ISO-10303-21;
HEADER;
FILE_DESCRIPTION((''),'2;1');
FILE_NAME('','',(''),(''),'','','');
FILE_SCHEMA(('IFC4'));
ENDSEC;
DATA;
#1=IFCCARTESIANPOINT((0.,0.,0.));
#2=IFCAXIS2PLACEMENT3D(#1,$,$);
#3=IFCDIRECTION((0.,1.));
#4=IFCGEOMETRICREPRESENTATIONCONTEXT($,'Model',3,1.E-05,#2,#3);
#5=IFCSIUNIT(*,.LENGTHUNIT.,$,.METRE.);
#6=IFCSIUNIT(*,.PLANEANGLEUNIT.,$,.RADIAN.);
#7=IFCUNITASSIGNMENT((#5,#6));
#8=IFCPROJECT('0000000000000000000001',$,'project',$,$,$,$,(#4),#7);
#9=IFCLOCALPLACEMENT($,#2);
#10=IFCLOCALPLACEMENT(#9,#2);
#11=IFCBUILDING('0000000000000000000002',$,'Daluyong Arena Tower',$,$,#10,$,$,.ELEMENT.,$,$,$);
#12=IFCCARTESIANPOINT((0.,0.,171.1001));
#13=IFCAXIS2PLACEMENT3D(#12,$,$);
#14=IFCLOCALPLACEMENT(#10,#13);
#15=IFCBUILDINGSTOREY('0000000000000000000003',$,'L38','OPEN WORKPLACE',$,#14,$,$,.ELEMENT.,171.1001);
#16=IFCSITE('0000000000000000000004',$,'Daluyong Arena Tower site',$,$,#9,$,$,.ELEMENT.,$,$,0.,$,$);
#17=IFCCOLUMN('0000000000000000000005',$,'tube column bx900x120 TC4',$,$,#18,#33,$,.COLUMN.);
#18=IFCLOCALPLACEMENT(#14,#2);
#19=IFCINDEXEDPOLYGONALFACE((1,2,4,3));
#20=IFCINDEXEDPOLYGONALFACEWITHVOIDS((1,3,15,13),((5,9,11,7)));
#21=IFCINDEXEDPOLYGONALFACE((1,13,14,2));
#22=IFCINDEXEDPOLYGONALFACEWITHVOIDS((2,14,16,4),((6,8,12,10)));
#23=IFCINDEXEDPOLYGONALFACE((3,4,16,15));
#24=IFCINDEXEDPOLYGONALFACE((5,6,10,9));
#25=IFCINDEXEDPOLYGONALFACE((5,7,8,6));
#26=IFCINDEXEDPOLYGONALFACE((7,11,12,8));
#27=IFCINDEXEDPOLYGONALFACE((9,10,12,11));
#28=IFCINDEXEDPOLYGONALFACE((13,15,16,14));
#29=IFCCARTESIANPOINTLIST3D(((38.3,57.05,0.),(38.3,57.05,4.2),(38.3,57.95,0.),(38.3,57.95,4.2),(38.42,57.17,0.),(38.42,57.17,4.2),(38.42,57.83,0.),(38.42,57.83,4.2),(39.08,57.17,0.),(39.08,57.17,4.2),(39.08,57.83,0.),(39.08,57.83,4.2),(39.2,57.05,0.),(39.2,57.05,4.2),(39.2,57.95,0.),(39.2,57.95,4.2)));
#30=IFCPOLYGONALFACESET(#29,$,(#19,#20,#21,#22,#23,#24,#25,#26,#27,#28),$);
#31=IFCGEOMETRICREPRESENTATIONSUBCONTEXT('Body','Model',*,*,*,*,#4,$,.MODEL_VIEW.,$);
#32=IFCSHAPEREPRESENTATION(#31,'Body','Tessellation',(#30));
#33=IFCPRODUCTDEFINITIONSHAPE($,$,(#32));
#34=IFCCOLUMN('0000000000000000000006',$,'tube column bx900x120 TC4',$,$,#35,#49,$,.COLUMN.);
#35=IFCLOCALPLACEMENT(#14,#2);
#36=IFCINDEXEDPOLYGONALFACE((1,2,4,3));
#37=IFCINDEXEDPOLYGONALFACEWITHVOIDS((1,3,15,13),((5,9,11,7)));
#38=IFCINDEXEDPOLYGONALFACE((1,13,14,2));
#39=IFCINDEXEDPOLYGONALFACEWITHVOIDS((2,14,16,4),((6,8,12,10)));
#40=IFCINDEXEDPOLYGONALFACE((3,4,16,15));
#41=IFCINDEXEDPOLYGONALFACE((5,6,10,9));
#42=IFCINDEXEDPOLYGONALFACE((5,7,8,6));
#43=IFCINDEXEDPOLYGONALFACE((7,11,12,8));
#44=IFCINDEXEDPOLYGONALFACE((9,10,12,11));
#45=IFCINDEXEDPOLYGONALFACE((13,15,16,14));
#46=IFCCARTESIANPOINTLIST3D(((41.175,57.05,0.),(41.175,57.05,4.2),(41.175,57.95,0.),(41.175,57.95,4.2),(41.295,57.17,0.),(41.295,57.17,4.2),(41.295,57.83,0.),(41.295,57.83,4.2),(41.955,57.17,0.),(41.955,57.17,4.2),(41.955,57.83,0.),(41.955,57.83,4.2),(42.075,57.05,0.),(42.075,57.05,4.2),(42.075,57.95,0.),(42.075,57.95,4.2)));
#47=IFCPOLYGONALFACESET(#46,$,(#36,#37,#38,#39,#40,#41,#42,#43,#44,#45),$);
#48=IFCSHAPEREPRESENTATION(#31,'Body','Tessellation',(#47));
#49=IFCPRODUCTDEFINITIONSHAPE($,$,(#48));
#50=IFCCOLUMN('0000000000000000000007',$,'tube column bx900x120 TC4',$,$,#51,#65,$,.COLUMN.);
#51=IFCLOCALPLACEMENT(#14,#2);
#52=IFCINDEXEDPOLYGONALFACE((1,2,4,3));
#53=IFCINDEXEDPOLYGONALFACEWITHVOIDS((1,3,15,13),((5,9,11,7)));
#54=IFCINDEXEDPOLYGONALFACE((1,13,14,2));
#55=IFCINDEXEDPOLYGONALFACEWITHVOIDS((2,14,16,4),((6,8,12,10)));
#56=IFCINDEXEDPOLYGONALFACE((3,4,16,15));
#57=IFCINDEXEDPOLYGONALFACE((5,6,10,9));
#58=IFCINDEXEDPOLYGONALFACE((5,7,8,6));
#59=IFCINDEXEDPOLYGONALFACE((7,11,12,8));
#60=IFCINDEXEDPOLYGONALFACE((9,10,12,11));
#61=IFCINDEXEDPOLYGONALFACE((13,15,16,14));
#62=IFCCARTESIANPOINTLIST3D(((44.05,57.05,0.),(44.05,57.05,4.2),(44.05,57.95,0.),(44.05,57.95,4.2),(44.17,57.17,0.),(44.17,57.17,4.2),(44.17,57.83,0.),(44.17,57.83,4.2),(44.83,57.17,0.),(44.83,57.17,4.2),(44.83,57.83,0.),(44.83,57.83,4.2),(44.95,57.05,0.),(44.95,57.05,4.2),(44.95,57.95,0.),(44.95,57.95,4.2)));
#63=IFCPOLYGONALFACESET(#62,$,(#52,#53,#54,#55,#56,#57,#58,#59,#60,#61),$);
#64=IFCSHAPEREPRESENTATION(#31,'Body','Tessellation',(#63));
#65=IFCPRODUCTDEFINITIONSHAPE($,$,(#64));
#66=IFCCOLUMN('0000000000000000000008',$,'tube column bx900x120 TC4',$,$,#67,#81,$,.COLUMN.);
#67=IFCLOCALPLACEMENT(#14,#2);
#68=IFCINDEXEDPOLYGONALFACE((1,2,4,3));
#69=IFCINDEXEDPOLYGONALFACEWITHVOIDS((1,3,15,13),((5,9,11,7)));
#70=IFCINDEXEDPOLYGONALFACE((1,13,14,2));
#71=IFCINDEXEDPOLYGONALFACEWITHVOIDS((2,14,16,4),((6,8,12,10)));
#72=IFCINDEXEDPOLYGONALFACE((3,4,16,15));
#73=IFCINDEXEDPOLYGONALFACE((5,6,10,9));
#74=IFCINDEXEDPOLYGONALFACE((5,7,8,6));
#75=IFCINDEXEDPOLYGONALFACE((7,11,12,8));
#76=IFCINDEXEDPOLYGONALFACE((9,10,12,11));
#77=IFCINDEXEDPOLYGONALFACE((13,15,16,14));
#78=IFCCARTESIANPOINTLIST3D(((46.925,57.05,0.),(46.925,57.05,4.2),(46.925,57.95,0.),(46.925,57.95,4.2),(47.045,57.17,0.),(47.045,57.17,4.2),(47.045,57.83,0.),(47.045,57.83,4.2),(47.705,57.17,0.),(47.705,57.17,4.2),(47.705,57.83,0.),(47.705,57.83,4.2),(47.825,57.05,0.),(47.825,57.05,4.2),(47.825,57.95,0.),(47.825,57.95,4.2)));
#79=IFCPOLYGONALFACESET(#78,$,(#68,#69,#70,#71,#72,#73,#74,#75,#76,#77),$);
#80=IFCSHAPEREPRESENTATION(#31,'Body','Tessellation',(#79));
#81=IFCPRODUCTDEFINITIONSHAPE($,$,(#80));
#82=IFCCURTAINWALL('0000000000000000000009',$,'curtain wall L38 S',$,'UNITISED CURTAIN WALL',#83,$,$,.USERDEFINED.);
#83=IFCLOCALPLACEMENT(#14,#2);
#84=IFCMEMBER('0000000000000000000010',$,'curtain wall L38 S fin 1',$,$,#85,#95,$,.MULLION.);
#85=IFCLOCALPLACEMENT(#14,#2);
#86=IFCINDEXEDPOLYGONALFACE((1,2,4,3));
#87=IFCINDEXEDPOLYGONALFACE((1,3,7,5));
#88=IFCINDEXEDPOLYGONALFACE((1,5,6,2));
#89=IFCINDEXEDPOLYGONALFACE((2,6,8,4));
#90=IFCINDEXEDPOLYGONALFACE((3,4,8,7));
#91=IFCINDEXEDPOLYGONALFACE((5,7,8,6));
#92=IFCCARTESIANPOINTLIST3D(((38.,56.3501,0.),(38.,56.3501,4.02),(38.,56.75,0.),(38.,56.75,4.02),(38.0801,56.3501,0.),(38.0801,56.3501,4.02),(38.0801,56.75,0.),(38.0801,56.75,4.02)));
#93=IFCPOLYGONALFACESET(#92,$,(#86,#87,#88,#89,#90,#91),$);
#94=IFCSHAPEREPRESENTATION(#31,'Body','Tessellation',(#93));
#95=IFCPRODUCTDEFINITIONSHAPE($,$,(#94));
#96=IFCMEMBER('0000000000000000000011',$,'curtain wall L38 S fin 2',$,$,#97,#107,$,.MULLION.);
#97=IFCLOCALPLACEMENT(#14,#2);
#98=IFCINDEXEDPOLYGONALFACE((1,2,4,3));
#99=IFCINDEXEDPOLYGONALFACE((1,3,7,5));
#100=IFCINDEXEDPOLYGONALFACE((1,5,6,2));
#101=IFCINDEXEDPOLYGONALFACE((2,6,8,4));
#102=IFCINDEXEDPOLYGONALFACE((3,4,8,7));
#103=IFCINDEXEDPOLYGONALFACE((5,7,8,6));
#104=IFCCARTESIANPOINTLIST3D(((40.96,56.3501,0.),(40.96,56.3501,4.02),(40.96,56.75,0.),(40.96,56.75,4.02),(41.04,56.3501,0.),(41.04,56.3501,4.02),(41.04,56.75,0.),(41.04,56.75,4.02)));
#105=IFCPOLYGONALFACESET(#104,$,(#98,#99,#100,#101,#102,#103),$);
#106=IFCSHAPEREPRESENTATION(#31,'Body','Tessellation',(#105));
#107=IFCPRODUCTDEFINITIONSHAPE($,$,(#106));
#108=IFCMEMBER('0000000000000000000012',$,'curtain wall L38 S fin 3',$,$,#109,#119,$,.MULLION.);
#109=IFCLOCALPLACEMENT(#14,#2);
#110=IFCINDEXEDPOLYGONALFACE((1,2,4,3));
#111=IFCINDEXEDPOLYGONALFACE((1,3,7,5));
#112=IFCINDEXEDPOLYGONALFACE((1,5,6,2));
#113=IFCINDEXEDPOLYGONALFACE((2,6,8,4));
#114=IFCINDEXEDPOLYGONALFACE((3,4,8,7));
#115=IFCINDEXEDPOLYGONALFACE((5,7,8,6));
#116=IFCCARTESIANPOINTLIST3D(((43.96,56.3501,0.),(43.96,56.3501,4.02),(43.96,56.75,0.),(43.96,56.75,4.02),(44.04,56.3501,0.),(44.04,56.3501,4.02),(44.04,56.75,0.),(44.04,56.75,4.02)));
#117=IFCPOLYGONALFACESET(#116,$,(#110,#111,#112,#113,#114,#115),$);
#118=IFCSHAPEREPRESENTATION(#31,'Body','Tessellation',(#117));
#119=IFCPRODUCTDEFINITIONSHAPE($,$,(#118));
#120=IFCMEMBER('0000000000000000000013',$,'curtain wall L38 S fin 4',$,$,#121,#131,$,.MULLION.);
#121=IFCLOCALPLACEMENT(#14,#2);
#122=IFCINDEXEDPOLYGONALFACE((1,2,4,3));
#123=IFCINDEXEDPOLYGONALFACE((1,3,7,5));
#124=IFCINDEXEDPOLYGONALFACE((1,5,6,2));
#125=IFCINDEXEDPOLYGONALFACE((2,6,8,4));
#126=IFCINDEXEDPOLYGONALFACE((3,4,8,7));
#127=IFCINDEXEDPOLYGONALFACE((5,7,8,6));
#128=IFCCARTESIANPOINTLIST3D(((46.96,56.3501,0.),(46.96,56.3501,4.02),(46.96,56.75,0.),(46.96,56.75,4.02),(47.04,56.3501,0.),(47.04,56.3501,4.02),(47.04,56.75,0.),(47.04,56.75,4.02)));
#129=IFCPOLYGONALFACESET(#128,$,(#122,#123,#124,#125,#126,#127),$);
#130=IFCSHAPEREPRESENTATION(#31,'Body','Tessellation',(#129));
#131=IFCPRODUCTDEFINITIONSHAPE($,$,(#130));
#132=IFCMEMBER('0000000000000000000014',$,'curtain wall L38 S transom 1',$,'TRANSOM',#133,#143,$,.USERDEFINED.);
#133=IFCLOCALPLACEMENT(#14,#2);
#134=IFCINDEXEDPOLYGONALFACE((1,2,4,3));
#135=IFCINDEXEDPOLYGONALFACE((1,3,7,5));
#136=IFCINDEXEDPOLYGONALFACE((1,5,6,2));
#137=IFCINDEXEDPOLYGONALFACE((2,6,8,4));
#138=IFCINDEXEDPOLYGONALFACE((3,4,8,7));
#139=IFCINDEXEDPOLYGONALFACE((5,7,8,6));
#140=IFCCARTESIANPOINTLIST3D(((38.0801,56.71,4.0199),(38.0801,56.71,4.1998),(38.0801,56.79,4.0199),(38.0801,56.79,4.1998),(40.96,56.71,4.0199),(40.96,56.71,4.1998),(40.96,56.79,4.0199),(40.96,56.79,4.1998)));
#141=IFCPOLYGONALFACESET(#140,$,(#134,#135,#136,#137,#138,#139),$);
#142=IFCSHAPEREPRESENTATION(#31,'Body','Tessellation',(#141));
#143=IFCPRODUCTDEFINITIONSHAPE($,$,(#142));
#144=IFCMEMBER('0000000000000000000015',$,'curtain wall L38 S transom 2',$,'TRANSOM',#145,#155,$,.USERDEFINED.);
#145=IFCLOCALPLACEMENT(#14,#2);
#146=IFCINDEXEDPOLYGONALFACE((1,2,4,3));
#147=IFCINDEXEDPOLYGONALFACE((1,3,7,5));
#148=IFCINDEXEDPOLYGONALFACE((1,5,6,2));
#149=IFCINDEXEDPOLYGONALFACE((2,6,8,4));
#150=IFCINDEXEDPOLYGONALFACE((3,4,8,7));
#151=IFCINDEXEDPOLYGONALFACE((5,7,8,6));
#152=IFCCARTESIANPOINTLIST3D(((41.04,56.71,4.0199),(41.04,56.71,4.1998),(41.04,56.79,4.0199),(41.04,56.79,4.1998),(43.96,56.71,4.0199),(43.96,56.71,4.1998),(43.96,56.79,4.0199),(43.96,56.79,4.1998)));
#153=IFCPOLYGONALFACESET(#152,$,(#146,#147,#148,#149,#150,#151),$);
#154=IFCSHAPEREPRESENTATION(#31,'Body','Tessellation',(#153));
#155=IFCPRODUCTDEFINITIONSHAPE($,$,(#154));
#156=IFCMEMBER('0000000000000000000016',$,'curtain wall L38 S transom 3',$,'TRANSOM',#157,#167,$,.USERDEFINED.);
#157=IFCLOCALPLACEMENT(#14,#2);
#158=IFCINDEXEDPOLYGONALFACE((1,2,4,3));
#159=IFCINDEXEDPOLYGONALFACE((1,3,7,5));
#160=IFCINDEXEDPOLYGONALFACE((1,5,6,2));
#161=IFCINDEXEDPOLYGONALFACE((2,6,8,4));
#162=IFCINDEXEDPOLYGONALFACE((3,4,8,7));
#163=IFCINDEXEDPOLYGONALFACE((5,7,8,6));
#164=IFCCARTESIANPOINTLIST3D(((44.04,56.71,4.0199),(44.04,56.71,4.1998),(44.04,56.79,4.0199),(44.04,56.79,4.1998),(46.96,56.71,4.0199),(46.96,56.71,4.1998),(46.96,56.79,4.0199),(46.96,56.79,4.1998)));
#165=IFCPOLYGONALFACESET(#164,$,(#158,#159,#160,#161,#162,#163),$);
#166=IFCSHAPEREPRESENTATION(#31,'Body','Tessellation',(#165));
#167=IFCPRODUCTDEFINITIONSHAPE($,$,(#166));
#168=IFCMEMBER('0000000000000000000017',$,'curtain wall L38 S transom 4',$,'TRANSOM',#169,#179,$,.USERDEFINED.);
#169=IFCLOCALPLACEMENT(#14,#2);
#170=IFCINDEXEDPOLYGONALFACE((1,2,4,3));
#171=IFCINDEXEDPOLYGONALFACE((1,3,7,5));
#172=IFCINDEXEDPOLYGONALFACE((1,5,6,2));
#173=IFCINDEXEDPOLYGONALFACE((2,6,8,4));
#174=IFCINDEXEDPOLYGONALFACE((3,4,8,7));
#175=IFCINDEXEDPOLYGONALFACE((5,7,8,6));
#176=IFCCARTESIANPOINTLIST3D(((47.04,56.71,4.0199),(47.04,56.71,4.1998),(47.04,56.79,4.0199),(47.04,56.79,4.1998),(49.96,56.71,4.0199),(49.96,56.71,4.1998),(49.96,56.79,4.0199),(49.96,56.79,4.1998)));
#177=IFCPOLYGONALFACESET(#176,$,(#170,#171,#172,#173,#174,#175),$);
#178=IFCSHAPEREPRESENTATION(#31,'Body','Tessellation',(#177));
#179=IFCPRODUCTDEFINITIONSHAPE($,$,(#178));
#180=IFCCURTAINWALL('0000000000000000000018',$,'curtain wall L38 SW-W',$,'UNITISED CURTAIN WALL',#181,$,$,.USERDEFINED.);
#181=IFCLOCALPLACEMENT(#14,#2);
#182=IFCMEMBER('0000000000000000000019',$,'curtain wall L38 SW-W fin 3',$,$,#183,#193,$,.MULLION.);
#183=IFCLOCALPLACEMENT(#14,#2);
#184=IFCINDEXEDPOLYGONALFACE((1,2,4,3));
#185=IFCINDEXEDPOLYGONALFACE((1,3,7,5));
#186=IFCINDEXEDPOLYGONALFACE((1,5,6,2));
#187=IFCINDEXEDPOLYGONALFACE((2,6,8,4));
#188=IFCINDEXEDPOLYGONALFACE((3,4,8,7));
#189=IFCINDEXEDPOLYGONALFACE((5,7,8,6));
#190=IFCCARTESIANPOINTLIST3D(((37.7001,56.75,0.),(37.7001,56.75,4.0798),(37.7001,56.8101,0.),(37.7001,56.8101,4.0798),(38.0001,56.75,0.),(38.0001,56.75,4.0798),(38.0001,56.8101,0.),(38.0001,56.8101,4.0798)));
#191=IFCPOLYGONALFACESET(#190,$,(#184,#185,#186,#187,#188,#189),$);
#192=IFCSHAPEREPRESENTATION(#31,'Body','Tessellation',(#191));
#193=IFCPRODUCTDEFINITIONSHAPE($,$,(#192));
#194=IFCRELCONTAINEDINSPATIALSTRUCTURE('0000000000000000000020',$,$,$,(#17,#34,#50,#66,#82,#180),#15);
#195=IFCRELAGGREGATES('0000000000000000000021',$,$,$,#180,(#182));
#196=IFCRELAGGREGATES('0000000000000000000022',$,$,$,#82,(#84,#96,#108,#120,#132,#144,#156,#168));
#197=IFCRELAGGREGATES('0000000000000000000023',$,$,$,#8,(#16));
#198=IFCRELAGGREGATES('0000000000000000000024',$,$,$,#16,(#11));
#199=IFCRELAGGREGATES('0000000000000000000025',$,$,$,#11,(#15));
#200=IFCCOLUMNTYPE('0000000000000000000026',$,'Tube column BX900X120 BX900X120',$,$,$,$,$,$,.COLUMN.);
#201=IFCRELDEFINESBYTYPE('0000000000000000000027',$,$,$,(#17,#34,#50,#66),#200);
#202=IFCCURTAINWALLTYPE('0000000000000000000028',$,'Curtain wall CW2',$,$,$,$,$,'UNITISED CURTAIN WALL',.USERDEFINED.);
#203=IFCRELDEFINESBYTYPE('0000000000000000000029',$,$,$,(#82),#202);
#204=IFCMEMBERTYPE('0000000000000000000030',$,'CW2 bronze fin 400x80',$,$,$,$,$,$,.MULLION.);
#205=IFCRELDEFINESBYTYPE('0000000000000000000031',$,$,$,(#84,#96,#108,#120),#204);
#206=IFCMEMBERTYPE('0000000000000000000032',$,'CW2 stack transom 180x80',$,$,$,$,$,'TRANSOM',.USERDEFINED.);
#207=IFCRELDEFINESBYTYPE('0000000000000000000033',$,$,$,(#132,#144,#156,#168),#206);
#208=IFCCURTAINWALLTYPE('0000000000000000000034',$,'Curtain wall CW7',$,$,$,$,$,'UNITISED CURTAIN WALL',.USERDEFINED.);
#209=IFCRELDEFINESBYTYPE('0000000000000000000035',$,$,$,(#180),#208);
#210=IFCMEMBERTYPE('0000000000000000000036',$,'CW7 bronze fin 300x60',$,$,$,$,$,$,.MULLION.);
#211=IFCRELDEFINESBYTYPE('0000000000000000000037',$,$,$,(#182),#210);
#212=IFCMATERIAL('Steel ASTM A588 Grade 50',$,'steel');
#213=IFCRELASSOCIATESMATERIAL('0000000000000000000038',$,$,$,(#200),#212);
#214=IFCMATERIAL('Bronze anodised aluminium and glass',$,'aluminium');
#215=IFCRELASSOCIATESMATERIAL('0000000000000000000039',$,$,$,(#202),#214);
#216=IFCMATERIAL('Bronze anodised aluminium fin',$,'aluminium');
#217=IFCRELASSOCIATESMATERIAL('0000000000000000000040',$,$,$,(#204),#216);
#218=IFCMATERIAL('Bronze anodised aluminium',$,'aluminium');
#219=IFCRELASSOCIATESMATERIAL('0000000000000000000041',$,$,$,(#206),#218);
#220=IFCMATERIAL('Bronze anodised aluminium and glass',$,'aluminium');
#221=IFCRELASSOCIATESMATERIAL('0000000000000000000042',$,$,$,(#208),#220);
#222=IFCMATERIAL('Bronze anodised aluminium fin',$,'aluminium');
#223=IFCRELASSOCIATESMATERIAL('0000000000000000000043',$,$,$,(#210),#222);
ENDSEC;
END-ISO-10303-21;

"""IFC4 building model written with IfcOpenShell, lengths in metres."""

from ifc_helpers import new_model, si_unit, direction, frame, origin, origin_2d, place, context, subcontext, project, spatial, rectangle, hollow_rectangle, extrude, material, material_profile, profile_set, type_object, element, aggregate, save


model = new_model("IFC4")

# Units and contexts
model_context = context("Model", 3, precision=1e-05, world=origin(), true_north=direction((0.0, 1.0)))
body_context = subcontext(model_context, "Body", "Model", "MODEL_VIEW")
ifc_project = project(units=[si_unit("LENGTHUNIT", "METRE"), si_unit("PLANEANGLEUNIT", "RADIAN")], contexts=[model_context])

# Site, building, storey
site_placement = place(None, origin())
site = spatial("IfcSite", under=ifc_project, at=site_placement, Name="Daluyong Arena Tower site", CompositionType="ELEMENT", RefElevation=0.0)
building_placement = place(site_placement, origin())
building = spatial("IfcBuilding", under=site, at=building_placement, Name="Daluyong Arena Tower", CompositionType="ELEMENT")
storey_placement = place(building_placement, frame((0.0, 0.0, 171.1001)))
storey = spatial("IfcBuildingStorey", under=building, at=storey_placement, Name="L38", Description="OPEN WORKPLACE", CompositionType="ELEMENT", Elevation=171.1001)

# Columns
ifc_material_1 = material(Name="Steel ASTM A588 Grade 50", Category="steel")
ifc_material_profile_1 = material_profile(ifc_material_1, hollow_rectangle(XDim=0.8999, YDim=0.8999, WallThickness=0.12, at=origin_2d()))
ifc_profile_set_1 = profile_set([ifc_material_profile_1], Name="Steel ASTM A588 Grade 50")
column_type = type_object("IfcColumnType", Name="Tube column BX900X120 BX900X120", PredefinedType="COLUMN", material=ifc_profile_set_1)
for number, where, z_axis, x_axis, name in (
    (1, (38.75, 57.5, 0.0), (0.0, 0.0, 1.0), (1.0, 0.0, 0.0), "tube column bx900x120 TC4"),
    (2, (41.625, 57.5, 0.0), (0.0, 0.0, 1.0), (1.0, 0.0, 0.0), "tube column bx900x120 TC4"),
    (3, (44.5, 57.5, 0.0), (0.0, 0.0, 1.0), (1.0, 0.0, 0.0), "tube column bx900x120 TC4"),
    (4, (47.375, 57.5, 0.0), (0.0, 0.0, 1.0), (1.0, 0.0, 0.0), "tube column bx900x120 TC4"),
):
    element("IfcColumn", number, at=place(storey_placement, frame(where, z_axis=z_axis, x_axis=x_axis)), inside=storey, type_object=column_type, Name=name, PredefinedType="COLUMN", context=body_context, shape_type="SweptSolid", body=[
        extrude(hollow_rectangle(XDim=0.8999, YDim=0.8999, WallThickness=0.12, at=origin_2d()), origin(), (0.0, 0.0, 1.0), 4.2),
    ])

# Curtain wall, members
ifc_material_2 = material(Name="Bronze anodised aluminium and glass", Category="aluminium")
curtain_wall_type_1 = type_object("IfcCurtainWallType", Name="Curtain wall CW2", ElementType="UNITISED CURTAIN WALL", PredefinedType="USERDEFINED", material=ifc_material_2)
curtain_wall_1_placement = place(storey_placement, origin())
curtain_wall_1 = element("IfcCurtainWall", 5, at=curtain_wall_1_placement, inside=storey, type_object=curtain_wall_type_1, Name="curtain wall L38 S", ObjectType="UNITISED CURTAIN WALL", PredefinedType="USERDEFINED")
ifc_material_3 = material(Name="Bronze anodised aluminium fin", Category="aluminium")
ifc_material_profile_2 = material_profile(ifc_material_3, rectangle(XDim=0.3999, YDim=0.0801, at=origin_2d()))
ifc_profile_set_2 = profile_set([ifc_material_profile_2], Name="Bronze anodised aluminium fin")
member_type_1 = type_object("IfcMemberType", Name="CW2 bronze fin 400x80", PredefinedType="MULLION", material=ifc_profile_set_2)
member_1_placement = place(storey_placement, frame((38.04, 56.55, 0.0), z_axis=(0.0, 0.0, 1.0), x_axis=(0.0, 1.0, 0.0)))
member_1 = element("IfcMember", 6, at=member_1_placement, type_object=member_type_1, Name="curtain wall L38 S fin 1", PredefinedType="MULLION", context=body_context, shape_type="SweptSolid", body=[
    extrude(rectangle(XDim=0.3999, YDim=0.0801, at=origin_2d()), origin(), (0.0, 0.0, 1.0), 4.02),
])
member_2_placement = place(storey_placement, frame((41.0, 56.55, 0.0), z_axis=(0.0, 0.0, 1.0), x_axis=(0.0, 1.0, 0.0)))
member_2 = element("IfcMember", 7, at=member_2_placement, type_object=member_type_1, Name="curtain wall L38 S fin 2", PredefinedType="MULLION", context=body_context, shape_type="SweptSolid", body=[
    extrude(rectangle(XDim=0.3999, YDim=0.0801, at=origin_2d()), origin(), (0.0, 0.0, 1.0), 4.02),
])
member_3_placement = place(storey_placement, frame((44.0, 56.55, 0.0), z_axis=(0.0, 0.0, 1.0), x_axis=(0.0, 1.0, 0.0)))
member_3 = element("IfcMember", 8, at=member_3_placement, type_object=member_type_1, Name="curtain wall L38 S fin 3", PredefinedType="MULLION", context=body_context, shape_type="SweptSolid", body=[
    extrude(rectangle(XDim=0.3999, YDim=0.0801, at=origin_2d()), origin(), (0.0, 0.0, 1.0), 4.02),
])
member_4_placement = place(storey_placement, frame((47.0, 56.55, 0.0), z_axis=(0.0, 0.0, 1.0), x_axis=(0.0, 1.0, 0.0)))
member_4 = element("IfcMember", 9, at=member_4_placement, type_object=member_type_1, Name="curtain wall L38 S fin 4", PredefinedType="MULLION", context=body_context, shape_type="SweptSolid", body=[
    extrude(rectangle(XDim=0.3999, YDim=0.0801, at=origin_2d()), origin(), (0.0, 0.0, 1.0), 4.02),
])
ifc_material_4 = material(Name="Bronze anodised aluminium", Category="aluminium")
ifc_material_profile_3 = material_profile(ifc_material_4, rectangle(XDim=0.0801, YDim=0.1799, at=origin_2d()))
ifc_profile_set_3 = profile_set([ifc_material_profile_3], Name="Bronze anodised aluminium")
member_type_2 = type_object("IfcMemberType", Name="CW2 stack transom 180x80", ElementType="TRANSOM", PredefinedType="USERDEFINED", material=ifc_profile_set_3)
member_5_placement = place(storey_placement, frame((38.0801, 56.75, 4.1099), z_axis=(1.0, 0.0, 0.0), x_axis=(0.0, 1.0, 0.0)))
member_5 = element("IfcMember", 10, at=member_5_placement, type_object=member_type_2, Name="curtain wall L38 S transom 1", ObjectType="TRANSOM", PredefinedType="USERDEFINED", context=body_context, shape_type="SweptSolid", body=[
    extrude(rectangle(XDim=0.0801, YDim=0.1799, at=origin_2d()), origin(), (0.0, 0.0, 1.0), 2.8799),
])
member_6_placement = place(storey_placement, frame((41.04, 56.75, 4.1099), z_axis=(1.0, 0.0, 0.0), x_axis=(0.0, 1.0, 0.0)))
member_6 = element("IfcMember", 11, at=member_6_placement, type_object=member_type_2, Name="curtain wall L38 S transom 2", ObjectType="TRANSOM", PredefinedType="USERDEFINED", context=body_context, shape_type="SweptSolid", body=[
    extrude(rectangle(XDim=0.0801, YDim=0.1799, at=origin_2d()), origin(), (0.0, 0.0, 1.0), 2.9199),
])
member_7_placement = place(storey_placement, frame((44.04, 56.75, 4.1099), z_axis=(1.0, 0.0, 0.0), x_axis=(0.0, 1.0, 0.0)))
member_7 = element("IfcMember", 12, at=member_7_placement, type_object=member_type_2, Name="curtain wall L38 S transom 3", ObjectType="TRANSOM", PredefinedType="USERDEFINED", context=body_context, shape_type="SweptSolid", body=[
    extrude(rectangle(XDim=0.0801, YDim=0.1799, at=origin_2d()), origin(), (0.0, 0.0, 1.0), 2.9199),
])
member_8_placement = place(storey_placement, frame((47.04, 56.75, 4.1099), z_axis=(1.0, 0.0, 0.0), x_axis=(0.0, 1.0, 0.0)))
member_8 = element("IfcMember", 13, at=member_8_placement, type_object=member_type_2, Name="curtain wall L38 S transom 4", ObjectType="TRANSOM", PredefinedType="USERDEFINED", context=body_context, shape_type="SweptSolid", body=[
    extrude(rectangle(XDim=0.0801, YDim=0.1799, at=origin_2d()), origin(), (0.0, 0.0, 1.0), 2.9199),
])

# Curtain wall, member
ifc_material_5 = material(Name="Bronze anodised aluminium and glass", Category="aluminium")
curtain_wall_type_2 = type_object("IfcCurtainWallType", Name="Curtain wall CW7", ElementType="UNITISED CURTAIN WALL", PredefinedType="USERDEFINED", material=ifc_material_5)
curtain_wall_2_placement = place(storey_placement, origin())
curtain_wall_2 = element("IfcCurtainWall", 14, at=curtain_wall_2_placement, inside=storey, type_object=curtain_wall_type_2, Name="curtain wall L38 SW-W", ObjectType="UNITISED CURTAIN WALL", PredefinedType="USERDEFINED")
ifc_material_6 = material(Name="Bronze anodised aluminium fin", Category="aluminium")
ifc_material_profile_4 = material_profile(ifc_material_6, rectangle(XDim=0.3, YDim=0.0601, at=origin_2d()))
ifc_profile_set_4 = profile_set([ifc_material_profile_4], Name="Bronze anodised aluminium fin")
member_type_3 = type_object("IfcMemberType", Name="CW7 bronze fin 300x60", PredefinedType="MULLION", material=ifc_profile_set_4)
member_9_placement = place(storey_placement, frame((37.8501, 56.78, 0.0), z_axis=(0.0, 0.0, 1.0), x_axis=(1.0, 0.0, 0.0)))
member_9 = element("IfcMember", 15, at=member_9_placement, type_object=member_type_3, Name="curtain wall L38 SW-W fin 3", PredefinedType="MULLION", context=body_context, shape_type="SweptSolid", body=[
    extrude(rectangle(XDim=0.3, YDim=0.0601, at=origin_2d()), origin(), (0.0, 0.0, 1.0), 4.0798),
])
aggregate(curtain_wall_2, [member_9])

aggregate(curtain_wall_1, [member_1, member_2, member_3, member_4, member_5, member_6, member_7, member_8])

save(model, "model.ifc")
